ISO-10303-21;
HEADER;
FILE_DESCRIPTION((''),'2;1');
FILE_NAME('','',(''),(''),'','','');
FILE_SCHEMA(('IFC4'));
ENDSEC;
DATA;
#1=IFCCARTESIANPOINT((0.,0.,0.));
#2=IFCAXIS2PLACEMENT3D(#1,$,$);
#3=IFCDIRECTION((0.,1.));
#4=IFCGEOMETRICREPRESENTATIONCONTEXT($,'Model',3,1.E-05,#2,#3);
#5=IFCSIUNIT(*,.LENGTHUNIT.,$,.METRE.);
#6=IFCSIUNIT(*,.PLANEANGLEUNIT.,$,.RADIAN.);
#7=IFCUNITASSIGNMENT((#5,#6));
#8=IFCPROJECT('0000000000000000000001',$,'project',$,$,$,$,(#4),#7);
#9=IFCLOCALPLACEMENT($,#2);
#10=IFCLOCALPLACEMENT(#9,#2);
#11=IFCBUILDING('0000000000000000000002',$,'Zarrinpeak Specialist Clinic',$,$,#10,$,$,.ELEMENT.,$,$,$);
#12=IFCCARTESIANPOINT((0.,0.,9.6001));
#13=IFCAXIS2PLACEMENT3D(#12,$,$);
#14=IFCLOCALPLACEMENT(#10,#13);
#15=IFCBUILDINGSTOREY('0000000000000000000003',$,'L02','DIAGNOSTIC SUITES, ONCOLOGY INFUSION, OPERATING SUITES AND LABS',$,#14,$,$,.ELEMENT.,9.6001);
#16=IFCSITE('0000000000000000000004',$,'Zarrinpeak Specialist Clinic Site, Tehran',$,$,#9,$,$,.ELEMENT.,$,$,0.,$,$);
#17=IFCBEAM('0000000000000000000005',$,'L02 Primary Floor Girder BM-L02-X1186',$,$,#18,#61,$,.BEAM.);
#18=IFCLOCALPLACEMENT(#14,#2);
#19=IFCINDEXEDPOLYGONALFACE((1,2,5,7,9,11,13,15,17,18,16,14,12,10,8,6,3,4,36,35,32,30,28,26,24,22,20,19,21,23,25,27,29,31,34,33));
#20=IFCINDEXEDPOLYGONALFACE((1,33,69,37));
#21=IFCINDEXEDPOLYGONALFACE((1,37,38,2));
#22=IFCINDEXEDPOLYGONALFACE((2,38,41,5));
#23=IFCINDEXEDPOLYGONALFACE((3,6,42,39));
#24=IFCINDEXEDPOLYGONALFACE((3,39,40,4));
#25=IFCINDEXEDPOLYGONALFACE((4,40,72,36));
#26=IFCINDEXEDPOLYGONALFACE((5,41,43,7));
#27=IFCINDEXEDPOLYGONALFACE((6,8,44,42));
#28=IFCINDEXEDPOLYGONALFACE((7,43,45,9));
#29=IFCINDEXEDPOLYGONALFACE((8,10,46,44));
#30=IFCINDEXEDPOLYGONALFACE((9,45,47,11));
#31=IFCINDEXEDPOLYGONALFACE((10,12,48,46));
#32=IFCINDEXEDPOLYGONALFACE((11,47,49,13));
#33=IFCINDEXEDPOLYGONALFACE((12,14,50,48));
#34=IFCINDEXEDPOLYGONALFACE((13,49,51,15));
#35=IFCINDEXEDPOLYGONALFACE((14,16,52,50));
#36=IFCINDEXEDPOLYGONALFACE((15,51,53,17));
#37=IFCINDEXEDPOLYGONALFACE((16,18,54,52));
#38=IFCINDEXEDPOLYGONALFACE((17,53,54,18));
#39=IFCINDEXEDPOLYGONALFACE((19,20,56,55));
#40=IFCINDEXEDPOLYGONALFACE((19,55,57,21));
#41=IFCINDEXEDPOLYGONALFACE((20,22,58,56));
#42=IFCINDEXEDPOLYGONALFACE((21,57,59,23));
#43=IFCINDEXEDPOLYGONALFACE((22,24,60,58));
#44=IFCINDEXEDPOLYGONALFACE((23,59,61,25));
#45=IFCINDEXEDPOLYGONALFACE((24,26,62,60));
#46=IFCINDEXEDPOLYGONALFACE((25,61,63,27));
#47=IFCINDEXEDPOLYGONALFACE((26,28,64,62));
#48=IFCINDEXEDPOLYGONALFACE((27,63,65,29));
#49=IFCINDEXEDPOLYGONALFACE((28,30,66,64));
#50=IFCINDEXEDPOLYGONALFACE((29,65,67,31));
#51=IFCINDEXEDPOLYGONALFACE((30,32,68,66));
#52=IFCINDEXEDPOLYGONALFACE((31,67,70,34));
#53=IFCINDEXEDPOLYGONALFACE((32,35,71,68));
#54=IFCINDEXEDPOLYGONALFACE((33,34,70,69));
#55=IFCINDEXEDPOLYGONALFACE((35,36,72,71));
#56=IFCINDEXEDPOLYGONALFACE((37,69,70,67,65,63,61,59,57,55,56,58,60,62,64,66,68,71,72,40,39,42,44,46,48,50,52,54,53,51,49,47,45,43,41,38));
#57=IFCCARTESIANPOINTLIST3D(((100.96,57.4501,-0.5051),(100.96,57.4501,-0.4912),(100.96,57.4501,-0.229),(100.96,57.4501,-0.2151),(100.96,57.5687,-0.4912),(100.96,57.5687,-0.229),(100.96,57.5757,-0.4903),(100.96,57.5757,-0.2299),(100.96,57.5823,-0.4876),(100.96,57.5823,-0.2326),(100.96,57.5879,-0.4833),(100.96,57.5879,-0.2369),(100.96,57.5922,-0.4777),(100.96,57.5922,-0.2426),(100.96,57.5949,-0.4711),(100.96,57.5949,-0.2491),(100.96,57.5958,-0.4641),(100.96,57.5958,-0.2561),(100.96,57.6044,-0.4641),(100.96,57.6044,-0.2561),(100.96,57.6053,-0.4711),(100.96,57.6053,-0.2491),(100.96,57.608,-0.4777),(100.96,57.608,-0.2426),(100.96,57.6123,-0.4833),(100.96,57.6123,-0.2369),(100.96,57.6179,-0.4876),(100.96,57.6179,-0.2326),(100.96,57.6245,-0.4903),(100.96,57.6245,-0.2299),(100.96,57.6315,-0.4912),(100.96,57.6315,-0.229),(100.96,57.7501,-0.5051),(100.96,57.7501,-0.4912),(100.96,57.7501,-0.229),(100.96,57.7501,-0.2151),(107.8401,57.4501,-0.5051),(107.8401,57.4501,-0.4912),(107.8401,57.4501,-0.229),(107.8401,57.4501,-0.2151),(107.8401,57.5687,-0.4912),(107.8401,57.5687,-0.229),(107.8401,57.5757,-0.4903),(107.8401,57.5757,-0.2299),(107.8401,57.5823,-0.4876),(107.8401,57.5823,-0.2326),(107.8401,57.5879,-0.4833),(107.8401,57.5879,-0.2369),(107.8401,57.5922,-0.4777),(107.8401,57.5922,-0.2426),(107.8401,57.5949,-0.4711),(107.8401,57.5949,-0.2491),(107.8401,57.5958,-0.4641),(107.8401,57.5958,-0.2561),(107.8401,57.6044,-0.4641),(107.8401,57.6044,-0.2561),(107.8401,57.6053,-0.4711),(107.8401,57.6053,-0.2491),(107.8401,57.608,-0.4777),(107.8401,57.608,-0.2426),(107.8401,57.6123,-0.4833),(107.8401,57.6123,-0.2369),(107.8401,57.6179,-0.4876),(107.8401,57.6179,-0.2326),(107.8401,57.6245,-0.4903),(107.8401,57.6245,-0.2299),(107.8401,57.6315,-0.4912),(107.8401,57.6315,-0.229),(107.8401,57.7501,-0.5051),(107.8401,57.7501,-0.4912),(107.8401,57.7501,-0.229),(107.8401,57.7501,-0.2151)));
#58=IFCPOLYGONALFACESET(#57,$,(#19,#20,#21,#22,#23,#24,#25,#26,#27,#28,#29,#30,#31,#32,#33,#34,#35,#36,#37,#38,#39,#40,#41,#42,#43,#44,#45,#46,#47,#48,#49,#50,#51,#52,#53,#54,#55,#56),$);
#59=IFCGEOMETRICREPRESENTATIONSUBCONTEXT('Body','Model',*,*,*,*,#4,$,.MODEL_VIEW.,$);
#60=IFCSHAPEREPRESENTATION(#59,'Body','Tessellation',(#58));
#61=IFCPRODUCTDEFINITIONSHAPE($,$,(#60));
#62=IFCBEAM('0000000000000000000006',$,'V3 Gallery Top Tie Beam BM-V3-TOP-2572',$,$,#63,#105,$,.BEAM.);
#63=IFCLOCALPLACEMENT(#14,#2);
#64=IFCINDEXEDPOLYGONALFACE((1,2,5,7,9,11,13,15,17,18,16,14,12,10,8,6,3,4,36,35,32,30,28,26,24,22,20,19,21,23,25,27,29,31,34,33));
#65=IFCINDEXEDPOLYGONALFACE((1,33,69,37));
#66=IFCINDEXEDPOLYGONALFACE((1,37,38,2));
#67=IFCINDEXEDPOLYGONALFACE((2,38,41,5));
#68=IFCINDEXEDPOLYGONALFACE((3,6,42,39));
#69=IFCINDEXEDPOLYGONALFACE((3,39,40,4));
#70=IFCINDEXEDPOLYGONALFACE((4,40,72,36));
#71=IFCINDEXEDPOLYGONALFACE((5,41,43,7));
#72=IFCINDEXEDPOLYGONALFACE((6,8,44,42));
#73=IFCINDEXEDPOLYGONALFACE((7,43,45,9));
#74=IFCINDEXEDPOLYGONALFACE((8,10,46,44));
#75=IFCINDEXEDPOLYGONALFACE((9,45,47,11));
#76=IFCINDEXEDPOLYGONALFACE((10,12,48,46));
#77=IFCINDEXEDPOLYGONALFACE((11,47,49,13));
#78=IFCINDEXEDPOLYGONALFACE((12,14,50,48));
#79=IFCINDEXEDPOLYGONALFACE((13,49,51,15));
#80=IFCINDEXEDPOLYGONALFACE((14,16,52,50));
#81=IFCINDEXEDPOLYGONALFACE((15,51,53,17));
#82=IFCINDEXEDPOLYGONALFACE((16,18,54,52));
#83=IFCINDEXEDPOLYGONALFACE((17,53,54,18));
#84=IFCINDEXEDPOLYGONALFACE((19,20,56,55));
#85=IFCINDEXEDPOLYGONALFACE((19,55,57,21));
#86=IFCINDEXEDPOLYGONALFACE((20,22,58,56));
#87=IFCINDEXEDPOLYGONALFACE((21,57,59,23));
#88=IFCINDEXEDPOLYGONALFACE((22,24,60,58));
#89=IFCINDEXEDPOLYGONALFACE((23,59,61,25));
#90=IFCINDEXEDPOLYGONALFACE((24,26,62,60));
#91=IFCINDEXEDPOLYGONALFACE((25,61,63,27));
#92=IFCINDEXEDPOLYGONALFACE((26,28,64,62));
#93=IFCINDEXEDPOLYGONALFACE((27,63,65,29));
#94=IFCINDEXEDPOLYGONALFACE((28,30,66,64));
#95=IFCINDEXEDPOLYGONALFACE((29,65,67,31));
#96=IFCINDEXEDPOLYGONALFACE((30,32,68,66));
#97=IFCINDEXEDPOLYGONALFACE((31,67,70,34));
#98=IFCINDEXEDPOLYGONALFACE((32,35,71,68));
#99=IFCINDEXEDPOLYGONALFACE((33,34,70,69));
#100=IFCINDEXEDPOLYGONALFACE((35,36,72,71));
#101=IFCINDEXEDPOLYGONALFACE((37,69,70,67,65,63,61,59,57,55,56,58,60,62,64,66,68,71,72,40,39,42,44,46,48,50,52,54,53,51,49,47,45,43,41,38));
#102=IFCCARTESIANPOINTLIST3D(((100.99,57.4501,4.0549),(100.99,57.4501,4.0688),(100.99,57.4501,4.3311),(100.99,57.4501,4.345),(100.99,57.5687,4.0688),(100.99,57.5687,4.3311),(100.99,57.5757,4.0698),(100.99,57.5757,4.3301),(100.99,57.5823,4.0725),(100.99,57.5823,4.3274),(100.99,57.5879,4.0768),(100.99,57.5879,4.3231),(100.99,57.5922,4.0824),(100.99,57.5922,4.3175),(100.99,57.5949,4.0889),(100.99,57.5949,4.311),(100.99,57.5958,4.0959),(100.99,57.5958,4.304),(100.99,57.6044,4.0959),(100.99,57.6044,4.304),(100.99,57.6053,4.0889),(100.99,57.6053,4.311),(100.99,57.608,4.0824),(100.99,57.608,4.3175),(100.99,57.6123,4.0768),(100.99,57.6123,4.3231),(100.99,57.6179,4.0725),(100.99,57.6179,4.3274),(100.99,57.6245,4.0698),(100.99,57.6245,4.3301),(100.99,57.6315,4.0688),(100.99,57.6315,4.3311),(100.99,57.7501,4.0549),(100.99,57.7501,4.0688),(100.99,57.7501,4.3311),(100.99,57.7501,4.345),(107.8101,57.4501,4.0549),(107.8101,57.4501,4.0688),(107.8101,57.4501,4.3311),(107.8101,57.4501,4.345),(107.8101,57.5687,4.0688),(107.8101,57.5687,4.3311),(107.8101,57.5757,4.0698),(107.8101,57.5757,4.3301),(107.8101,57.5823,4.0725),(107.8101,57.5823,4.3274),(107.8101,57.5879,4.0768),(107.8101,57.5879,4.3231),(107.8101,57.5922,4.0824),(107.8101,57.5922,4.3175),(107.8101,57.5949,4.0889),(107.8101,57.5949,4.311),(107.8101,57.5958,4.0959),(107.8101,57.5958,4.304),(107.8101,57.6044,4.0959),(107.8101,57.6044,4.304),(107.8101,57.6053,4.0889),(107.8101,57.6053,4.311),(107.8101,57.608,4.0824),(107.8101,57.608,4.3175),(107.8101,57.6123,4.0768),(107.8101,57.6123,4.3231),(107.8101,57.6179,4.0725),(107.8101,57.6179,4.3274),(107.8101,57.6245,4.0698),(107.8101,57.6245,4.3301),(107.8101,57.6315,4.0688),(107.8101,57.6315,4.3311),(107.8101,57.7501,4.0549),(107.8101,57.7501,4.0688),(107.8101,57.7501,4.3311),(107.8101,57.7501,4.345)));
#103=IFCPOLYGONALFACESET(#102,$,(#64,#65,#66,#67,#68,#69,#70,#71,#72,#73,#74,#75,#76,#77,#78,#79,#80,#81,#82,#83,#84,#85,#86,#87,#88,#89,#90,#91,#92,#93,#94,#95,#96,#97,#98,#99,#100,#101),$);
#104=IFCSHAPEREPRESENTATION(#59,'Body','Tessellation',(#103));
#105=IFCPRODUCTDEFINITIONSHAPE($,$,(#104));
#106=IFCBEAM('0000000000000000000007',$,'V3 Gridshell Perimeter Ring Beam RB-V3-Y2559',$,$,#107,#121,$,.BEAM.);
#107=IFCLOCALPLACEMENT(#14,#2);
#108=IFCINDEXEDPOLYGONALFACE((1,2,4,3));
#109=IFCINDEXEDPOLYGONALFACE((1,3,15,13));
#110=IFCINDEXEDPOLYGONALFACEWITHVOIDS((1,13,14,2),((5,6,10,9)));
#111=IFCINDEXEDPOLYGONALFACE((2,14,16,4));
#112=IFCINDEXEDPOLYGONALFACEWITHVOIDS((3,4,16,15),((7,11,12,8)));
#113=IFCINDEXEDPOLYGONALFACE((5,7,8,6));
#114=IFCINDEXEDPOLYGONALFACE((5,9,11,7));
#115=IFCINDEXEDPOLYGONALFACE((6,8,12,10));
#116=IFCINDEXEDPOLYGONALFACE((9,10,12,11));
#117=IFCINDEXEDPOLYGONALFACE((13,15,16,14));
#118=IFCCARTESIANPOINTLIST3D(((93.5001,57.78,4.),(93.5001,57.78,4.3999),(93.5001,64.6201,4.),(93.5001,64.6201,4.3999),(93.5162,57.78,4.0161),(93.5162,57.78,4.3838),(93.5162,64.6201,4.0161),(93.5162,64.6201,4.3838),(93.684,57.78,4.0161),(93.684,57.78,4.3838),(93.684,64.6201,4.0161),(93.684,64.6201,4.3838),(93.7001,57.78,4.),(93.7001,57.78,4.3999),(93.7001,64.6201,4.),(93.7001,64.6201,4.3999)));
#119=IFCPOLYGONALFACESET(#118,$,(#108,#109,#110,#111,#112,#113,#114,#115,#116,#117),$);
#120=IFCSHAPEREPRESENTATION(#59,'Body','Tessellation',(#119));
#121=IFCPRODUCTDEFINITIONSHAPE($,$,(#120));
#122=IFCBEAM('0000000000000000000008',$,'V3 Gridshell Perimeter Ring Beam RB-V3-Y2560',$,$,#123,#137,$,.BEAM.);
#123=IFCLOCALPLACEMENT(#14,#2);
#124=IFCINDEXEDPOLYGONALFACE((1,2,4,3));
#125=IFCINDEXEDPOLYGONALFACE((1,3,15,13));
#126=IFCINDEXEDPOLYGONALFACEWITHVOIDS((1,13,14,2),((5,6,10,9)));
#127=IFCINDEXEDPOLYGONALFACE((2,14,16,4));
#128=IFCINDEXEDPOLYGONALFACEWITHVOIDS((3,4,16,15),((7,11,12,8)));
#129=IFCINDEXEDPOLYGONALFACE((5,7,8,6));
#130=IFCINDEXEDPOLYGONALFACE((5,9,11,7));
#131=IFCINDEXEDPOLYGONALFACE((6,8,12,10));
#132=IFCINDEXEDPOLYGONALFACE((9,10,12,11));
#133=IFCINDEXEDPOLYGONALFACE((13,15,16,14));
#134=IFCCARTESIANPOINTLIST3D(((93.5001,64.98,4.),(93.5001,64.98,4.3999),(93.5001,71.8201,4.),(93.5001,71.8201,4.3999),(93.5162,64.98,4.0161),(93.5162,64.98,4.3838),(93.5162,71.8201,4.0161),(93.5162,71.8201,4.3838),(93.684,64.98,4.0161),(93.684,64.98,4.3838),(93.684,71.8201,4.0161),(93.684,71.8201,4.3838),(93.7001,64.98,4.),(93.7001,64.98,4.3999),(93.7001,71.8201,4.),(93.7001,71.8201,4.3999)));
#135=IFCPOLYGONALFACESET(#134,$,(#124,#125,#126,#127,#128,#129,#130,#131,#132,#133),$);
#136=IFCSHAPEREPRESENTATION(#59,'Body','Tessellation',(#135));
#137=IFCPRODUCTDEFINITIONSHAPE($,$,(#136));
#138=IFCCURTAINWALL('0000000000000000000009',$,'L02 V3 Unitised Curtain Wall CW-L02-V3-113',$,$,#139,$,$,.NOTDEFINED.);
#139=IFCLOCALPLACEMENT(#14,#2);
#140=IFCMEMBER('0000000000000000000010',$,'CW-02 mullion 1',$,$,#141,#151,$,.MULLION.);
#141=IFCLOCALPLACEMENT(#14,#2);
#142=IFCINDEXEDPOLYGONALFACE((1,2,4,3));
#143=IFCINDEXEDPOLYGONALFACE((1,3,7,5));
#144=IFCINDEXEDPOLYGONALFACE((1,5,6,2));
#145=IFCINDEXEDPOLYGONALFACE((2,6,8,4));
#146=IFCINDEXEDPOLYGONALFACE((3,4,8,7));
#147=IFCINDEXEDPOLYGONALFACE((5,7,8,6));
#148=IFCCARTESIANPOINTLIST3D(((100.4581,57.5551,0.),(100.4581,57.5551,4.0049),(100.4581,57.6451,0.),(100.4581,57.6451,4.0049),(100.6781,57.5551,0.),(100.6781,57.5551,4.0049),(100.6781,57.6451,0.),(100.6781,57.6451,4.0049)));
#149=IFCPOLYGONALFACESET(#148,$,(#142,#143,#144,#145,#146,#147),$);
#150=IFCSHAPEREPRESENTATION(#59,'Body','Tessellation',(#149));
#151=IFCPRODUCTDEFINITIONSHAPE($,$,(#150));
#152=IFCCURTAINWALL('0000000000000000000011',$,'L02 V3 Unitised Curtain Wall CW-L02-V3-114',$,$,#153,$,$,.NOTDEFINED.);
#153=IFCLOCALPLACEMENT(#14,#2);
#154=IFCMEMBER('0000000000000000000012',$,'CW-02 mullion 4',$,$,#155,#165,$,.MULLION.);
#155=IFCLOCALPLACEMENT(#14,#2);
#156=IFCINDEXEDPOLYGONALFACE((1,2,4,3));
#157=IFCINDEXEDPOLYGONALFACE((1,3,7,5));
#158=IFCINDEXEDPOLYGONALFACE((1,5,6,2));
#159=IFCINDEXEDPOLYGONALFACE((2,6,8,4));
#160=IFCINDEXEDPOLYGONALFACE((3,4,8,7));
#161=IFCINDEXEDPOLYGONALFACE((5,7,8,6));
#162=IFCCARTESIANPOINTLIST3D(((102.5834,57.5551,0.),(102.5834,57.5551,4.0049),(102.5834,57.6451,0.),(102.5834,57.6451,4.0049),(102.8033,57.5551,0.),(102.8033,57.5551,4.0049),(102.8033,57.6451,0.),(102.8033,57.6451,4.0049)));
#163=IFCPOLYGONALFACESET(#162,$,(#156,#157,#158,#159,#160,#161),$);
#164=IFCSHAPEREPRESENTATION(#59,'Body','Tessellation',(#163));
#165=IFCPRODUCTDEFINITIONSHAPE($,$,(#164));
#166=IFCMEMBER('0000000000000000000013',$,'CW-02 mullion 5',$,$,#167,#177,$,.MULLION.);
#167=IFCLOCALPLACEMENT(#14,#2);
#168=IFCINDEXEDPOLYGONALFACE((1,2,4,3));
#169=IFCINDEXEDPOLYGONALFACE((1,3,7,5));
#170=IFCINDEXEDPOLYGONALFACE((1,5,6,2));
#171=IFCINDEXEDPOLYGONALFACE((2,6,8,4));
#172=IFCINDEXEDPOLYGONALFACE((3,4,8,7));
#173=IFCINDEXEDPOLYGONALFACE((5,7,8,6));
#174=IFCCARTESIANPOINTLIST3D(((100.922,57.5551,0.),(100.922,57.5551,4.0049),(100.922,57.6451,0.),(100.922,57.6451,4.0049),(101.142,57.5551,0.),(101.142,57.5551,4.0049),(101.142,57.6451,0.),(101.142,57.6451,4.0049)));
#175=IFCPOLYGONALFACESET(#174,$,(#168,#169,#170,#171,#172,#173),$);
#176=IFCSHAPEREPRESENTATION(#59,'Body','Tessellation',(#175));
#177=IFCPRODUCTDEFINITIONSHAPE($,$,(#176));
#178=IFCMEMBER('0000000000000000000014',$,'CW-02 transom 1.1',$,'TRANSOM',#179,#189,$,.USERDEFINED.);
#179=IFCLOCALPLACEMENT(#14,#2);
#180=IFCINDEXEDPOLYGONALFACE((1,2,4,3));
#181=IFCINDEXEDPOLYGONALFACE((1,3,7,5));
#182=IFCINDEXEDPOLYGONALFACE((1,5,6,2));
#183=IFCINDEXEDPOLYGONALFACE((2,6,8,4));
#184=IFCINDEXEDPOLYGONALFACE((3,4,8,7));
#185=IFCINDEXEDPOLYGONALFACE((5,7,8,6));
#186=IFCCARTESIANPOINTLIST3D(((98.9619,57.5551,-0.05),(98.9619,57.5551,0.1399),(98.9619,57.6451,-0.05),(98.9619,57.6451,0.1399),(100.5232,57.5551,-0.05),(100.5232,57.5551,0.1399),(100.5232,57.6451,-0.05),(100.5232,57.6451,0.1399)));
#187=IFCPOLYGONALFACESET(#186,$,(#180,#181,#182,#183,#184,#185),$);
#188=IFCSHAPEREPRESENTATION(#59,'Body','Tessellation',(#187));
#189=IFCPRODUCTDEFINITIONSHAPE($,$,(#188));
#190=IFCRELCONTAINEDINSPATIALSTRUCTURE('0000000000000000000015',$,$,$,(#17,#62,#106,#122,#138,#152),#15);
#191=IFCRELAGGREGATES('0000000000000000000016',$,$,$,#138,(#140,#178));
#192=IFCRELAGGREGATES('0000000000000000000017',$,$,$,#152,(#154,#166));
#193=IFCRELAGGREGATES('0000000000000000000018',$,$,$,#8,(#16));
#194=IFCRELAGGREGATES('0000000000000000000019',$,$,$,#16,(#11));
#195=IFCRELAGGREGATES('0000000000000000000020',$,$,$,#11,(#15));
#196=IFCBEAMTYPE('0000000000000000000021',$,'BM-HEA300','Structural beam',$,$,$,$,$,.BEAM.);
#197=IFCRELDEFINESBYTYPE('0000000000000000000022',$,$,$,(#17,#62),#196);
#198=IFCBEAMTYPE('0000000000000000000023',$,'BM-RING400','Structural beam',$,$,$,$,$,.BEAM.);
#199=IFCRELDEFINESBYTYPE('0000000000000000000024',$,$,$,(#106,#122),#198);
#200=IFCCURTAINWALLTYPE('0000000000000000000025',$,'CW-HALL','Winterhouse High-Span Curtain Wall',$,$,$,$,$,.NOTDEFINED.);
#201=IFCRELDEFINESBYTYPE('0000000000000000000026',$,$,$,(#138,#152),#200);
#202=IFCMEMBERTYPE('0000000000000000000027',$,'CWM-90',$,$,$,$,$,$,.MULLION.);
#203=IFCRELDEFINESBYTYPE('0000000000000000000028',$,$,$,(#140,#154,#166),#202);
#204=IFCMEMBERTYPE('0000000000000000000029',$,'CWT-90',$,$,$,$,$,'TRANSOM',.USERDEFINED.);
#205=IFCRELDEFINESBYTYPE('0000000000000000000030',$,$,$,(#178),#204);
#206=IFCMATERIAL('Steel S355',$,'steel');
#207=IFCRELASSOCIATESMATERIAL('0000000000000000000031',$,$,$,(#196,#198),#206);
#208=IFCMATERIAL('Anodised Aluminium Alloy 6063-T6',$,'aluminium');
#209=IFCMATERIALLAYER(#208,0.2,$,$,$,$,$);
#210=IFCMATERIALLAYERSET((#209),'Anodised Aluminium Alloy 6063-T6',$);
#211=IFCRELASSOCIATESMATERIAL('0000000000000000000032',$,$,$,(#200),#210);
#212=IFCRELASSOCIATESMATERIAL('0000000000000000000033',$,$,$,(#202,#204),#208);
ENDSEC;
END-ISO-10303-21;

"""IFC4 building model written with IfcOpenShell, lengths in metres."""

from ifc_helpers import new_model, si_unit, direction, frame, origin, origin_2d, place, context, subcontext, project, spatial, rectangle, hollow_rectangle, i_section, extrude, material, layer, layer_set, material_profile, profile_set, type_object, element, aggregate, save


model = new_model("IFC4")

# Units and contexts
model_context = context("Model", 3, precision=1e-05, world=origin(), true_north=direction((0.0, 1.0)))
body_context = subcontext(model_context, "Body", "Model", "MODEL_VIEW")
ifc_project = project(units=[si_unit("LENGTHUNIT", "METRE"), si_unit("PLANEANGLEUNIT", "RADIAN")], contexts=[model_context])

# Site, building, storey
site_placement = place(None, origin())
site = spatial("IfcSite", under=ifc_project, at=site_placement, Name="Zarrinpeak Specialist Clinic Site, Tehran", CompositionType="ELEMENT", RefElevation=0.0)
building_placement = place(site_placement, origin())
building = spatial("IfcBuilding", under=site, at=building_placement, Name="Zarrinpeak Specialist Clinic", CompositionType="ELEMENT")
storey_placement = place(building_placement, frame((0.0, 0.0, 9.6001)))
storey = spatial("IfcBuildingStorey", under=building, at=storey_placement, Name="L02", Description="DIAGNOSTIC SUITES, ONCOLOGY INFUSION, OPERATING SUITES AND LABS", CompositionType="ELEMENT", Elevation=9.6001)

# Shared definitions
ifc_material_1 = material(Name="Steel S355", Category="steel")

# Beams
ifc_material_profile_1 = material_profile(ifc_material_1, i_section(OverallWidth=0.3, OverallDepth=0.29, WebThickness=0.0085, FlangeThickness=0.0139, FilletRadius=0.0271, at=origin_2d()), Name="HEA 300")
ifc_profile_set_1 = profile_set([ifc_material_profile_1], Name="Steel S355")
beam_type_1 = type_object("IfcBeamType", Name="BM-HEA300", Description="Structural beam", PredefinedType="BEAM", material=ifc_profile_set_1)
beam_1_placement = place(storey_placement, frame((100.96, 57.6001, -0.3601), z_axis=(1.0, 0.0, 0.0), x_axis=(0.0, 1.0, 0.0)))
element("IfcBeam", 1, at=beam_1_placement, inside=storey, type_object=beam_type_1, Name="L02 Primary Floor Girder BM-L02-X1186", PredefinedType="BEAM", context=body_context, shape_type="SweptSolid", body=[
    extrude(i_section(OverallWidth=0.3, OverallDepth=0.29, WebThickness=0.0085, FlangeThickness=0.0139, FilletRadius=0.0271, at=origin_2d()), origin(), (0.0, 0.0, 1.0), 6.8801),
])
beam_2_placement = place(storey_placement, frame((100.99, 57.6001, 4.2), z_axis=(1.0, 0.0, 0.0), x_axis=(0.0, 1.0, 0.0)))
element("IfcBeam", 2, at=beam_2_placement, inside=storey, type_object=beam_type_1, Name="V3 Gallery Top Tie Beam BM-V3-TOP-2572", PredefinedType="BEAM", context=body_context, shape_type="SweptSolid", body=[
    extrude(i_section(OverallWidth=0.3, OverallDepth=0.29, WebThickness=0.0085, FlangeThickness=0.0139, FilletRadius=0.0271, at=origin_2d()), origin(), (0.0, 0.0, 1.0), 6.8201),
])
ifc_material_profile_2 = material_profile(ifc_material_1, hollow_rectangle(XDim=0.2, YDim=0.3999, WallThickness=0.0161, at=origin_2d()), Name="RHS 400x200x16.0")
ifc_profile_set_2 = profile_set([ifc_material_profile_2], Name="Steel S355")
beam_type_2 = type_object("IfcBeamType", Name="BM-RING400", Description="Structural beam", PredefinedType="BEAM", material=ifc_profile_set_2)
for number, where, z_axis, x_axis, name in (
    (3, (93.6001, 57.78, 4.2), (0.0, 1.0, 0.0), (-1.0, 0.0, 0.0), "V3 Gridshell Perimeter Ring Beam RB-V3-Y2559"),
    (4, (93.6001, 64.98, 4.2), (0.0, 1.0, 0.0), (-1.0, 0.0, 0.0), "V3 Gridshell Perimeter Ring Beam RB-V3-Y2560"),
):
    element("IfcBeam", number, at=place(storey_placement, frame(where, z_axis=z_axis, x_axis=x_axis)), inside=storey, type_object=beam_type_2, Name=name, PredefinedType="BEAM", context=body_context, shape_type="SweptSolid", body=[
        extrude(hollow_rectangle(XDim=0.2, YDim=0.3999, WallThickness=0.0161, at=origin_2d()), origin(), (0.0, 0.0, 1.0), 6.8401),
    ])

# Curtain wall, member
ifc_material_2 = material(Name="Anodised Aluminium Alloy 6063-T6", Category="aluminium")
ifc_layer_1 = layer(ifc_material_2, 0.2)
ifc_layer_set_1 = layer_set([ifc_layer_1], Name="Anodised Aluminium Alloy 6063-T6")
curtain_wall_type = type_object("IfcCurtainWallType", Name="CW-HALL", Description="Winterhouse High-Span Curtain Wall", PredefinedType="NOTDEFINED", material=ifc_layer_set_1)
curtain_wall_1_placement = place(storey_placement, origin())
curtain_wall_1 = element("IfcCurtainWall", 5, at=curtain_wall_1_placement, inside=storey, type_object=curtain_wall_type, Name="L02 V3 Unitised Curtain Wall CW-L02-V3-113", PredefinedType="NOTDEFINED")
ifc_material_profile_3 = material_profile(ifc_material_2, rectangle(XDim=0.0901, YDim=0.22, at=origin_2d()), Name="ALU 90x220")
ifc_profile_set_3 = profile_set([ifc_material_profile_3], Name="Anodised Aluminium Alloy 6063-T6")
member_type_1 = type_object("IfcMemberType", Name="CWM-90", PredefinedType="MULLION", material=ifc_profile_set_3)
member_1_placement = place(storey_placement, frame((100.5681, 57.6001, 0.0), z_axis=(0.0, 0.0, 1.0), x_axis=(0.0, -1.0, 0.0)))
member_1 = element("IfcMember", 6, at=member_1_placement, type_object=member_type_1, Name="CW-02 mullion 1", PredefinedType="MULLION", context=body_context, shape_type="SweptSolid", body=[
    extrude(rectangle(XDim=0.0901, YDim=0.22, at=origin_2d()), origin(), (0.0, 0.0, 1.0), 4.0049),
])

# Curtain wall, members
curtain_wall_2_placement = place(storey_placement, origin())
curtain_wall_2 = element("IfcCurtainWall", 7, at=curtain_wall_2_placement, inside=storey, type_object=curtain_wall_type, Name="L02 V3 Unitised Curtain Wall CW-L02-V3-114", PredefinedType="NOTDEFINED")
member_2_placement = place(storey_placement, frame((102.6934, 57.6001, 0.0), z_axis=(0.0, 0.0, 1.0), x_axis=(0.0, -1.0, 0.0)))
member_2 = element("IfcMember", 8, at=member_2_placement, type_object=member_type_1, Name="CW-02 mullion 4", PredefinedType="MULLION", context=body_context, shape_type="SweptSolid", body=[
    extrude(rectangle(XDim=0.0901, YDim=0.22, at=origin_2d()), origin(), (0.0, 0.0, 1.0), 4.0049),
])
member_3_placement = place(storey_placement, frame((101.032, 57.6001, 0.0), z_axis=(0.0, 0.0, 1.0), x_axis=(0.0, -1.0, 0.0)))
member_3 = element("IfcMember", 9, at=member_3_placement, type_object=member_type_1, Name="CW-02 mullion 5", PredefinedType="MULLION", context=body_context, shape_type="SweptSolid", body=[
    extrude(rectangle(XDim=0.0901, YDim=0.22, at=origin_2d()), origin(), (0.0, 0.0, 1.0), 4.0049),
])

# Member
ifc_material_profile_4 = material_profile(ifc_material_2, rectangle(XDim=0.0901, YDim=0.1899, at=origin_2d()), Name="ALU 90x190")
ifc_profile_set_4 = profile_set([ifc_material_profile_4], Name="Anodised Aluminium Alloy 6063-T6")
member_type_2 = type_object("IfcMemberType", Name="CWT-90", ElementType="TRANSOM", PredefinedType="USERDEFINED", material=ifc_profile_set_4)
member_4_placement = place(storey_placement, frame((100.5232, 57.6001, 0.0449), z_axis=(-1.0, 0.0, 0.0), x_axis=(0.0, -1.0, 0.0)))
member_4 = element("IfcMember", 10, at=member_4_placement, type_object=member_type_2, Name="CW-02 transom 1.1", ObjectType="TRANSOM", PredefinedType="USERDEFINED", context=body_context, shape_type="SweptSolid", body=[
    extrude(rectangle(XDim=0.0901, YDim=0.1899, at=origin_2d()), origin(), (0.0, 0.0, 1.0), 1.5613),
])

aggregate(curtain_wall_1, [member_1, member_4])
aggregate(curtain_wall_2, [member_2, member_3])

save(model, "model.ifc")
